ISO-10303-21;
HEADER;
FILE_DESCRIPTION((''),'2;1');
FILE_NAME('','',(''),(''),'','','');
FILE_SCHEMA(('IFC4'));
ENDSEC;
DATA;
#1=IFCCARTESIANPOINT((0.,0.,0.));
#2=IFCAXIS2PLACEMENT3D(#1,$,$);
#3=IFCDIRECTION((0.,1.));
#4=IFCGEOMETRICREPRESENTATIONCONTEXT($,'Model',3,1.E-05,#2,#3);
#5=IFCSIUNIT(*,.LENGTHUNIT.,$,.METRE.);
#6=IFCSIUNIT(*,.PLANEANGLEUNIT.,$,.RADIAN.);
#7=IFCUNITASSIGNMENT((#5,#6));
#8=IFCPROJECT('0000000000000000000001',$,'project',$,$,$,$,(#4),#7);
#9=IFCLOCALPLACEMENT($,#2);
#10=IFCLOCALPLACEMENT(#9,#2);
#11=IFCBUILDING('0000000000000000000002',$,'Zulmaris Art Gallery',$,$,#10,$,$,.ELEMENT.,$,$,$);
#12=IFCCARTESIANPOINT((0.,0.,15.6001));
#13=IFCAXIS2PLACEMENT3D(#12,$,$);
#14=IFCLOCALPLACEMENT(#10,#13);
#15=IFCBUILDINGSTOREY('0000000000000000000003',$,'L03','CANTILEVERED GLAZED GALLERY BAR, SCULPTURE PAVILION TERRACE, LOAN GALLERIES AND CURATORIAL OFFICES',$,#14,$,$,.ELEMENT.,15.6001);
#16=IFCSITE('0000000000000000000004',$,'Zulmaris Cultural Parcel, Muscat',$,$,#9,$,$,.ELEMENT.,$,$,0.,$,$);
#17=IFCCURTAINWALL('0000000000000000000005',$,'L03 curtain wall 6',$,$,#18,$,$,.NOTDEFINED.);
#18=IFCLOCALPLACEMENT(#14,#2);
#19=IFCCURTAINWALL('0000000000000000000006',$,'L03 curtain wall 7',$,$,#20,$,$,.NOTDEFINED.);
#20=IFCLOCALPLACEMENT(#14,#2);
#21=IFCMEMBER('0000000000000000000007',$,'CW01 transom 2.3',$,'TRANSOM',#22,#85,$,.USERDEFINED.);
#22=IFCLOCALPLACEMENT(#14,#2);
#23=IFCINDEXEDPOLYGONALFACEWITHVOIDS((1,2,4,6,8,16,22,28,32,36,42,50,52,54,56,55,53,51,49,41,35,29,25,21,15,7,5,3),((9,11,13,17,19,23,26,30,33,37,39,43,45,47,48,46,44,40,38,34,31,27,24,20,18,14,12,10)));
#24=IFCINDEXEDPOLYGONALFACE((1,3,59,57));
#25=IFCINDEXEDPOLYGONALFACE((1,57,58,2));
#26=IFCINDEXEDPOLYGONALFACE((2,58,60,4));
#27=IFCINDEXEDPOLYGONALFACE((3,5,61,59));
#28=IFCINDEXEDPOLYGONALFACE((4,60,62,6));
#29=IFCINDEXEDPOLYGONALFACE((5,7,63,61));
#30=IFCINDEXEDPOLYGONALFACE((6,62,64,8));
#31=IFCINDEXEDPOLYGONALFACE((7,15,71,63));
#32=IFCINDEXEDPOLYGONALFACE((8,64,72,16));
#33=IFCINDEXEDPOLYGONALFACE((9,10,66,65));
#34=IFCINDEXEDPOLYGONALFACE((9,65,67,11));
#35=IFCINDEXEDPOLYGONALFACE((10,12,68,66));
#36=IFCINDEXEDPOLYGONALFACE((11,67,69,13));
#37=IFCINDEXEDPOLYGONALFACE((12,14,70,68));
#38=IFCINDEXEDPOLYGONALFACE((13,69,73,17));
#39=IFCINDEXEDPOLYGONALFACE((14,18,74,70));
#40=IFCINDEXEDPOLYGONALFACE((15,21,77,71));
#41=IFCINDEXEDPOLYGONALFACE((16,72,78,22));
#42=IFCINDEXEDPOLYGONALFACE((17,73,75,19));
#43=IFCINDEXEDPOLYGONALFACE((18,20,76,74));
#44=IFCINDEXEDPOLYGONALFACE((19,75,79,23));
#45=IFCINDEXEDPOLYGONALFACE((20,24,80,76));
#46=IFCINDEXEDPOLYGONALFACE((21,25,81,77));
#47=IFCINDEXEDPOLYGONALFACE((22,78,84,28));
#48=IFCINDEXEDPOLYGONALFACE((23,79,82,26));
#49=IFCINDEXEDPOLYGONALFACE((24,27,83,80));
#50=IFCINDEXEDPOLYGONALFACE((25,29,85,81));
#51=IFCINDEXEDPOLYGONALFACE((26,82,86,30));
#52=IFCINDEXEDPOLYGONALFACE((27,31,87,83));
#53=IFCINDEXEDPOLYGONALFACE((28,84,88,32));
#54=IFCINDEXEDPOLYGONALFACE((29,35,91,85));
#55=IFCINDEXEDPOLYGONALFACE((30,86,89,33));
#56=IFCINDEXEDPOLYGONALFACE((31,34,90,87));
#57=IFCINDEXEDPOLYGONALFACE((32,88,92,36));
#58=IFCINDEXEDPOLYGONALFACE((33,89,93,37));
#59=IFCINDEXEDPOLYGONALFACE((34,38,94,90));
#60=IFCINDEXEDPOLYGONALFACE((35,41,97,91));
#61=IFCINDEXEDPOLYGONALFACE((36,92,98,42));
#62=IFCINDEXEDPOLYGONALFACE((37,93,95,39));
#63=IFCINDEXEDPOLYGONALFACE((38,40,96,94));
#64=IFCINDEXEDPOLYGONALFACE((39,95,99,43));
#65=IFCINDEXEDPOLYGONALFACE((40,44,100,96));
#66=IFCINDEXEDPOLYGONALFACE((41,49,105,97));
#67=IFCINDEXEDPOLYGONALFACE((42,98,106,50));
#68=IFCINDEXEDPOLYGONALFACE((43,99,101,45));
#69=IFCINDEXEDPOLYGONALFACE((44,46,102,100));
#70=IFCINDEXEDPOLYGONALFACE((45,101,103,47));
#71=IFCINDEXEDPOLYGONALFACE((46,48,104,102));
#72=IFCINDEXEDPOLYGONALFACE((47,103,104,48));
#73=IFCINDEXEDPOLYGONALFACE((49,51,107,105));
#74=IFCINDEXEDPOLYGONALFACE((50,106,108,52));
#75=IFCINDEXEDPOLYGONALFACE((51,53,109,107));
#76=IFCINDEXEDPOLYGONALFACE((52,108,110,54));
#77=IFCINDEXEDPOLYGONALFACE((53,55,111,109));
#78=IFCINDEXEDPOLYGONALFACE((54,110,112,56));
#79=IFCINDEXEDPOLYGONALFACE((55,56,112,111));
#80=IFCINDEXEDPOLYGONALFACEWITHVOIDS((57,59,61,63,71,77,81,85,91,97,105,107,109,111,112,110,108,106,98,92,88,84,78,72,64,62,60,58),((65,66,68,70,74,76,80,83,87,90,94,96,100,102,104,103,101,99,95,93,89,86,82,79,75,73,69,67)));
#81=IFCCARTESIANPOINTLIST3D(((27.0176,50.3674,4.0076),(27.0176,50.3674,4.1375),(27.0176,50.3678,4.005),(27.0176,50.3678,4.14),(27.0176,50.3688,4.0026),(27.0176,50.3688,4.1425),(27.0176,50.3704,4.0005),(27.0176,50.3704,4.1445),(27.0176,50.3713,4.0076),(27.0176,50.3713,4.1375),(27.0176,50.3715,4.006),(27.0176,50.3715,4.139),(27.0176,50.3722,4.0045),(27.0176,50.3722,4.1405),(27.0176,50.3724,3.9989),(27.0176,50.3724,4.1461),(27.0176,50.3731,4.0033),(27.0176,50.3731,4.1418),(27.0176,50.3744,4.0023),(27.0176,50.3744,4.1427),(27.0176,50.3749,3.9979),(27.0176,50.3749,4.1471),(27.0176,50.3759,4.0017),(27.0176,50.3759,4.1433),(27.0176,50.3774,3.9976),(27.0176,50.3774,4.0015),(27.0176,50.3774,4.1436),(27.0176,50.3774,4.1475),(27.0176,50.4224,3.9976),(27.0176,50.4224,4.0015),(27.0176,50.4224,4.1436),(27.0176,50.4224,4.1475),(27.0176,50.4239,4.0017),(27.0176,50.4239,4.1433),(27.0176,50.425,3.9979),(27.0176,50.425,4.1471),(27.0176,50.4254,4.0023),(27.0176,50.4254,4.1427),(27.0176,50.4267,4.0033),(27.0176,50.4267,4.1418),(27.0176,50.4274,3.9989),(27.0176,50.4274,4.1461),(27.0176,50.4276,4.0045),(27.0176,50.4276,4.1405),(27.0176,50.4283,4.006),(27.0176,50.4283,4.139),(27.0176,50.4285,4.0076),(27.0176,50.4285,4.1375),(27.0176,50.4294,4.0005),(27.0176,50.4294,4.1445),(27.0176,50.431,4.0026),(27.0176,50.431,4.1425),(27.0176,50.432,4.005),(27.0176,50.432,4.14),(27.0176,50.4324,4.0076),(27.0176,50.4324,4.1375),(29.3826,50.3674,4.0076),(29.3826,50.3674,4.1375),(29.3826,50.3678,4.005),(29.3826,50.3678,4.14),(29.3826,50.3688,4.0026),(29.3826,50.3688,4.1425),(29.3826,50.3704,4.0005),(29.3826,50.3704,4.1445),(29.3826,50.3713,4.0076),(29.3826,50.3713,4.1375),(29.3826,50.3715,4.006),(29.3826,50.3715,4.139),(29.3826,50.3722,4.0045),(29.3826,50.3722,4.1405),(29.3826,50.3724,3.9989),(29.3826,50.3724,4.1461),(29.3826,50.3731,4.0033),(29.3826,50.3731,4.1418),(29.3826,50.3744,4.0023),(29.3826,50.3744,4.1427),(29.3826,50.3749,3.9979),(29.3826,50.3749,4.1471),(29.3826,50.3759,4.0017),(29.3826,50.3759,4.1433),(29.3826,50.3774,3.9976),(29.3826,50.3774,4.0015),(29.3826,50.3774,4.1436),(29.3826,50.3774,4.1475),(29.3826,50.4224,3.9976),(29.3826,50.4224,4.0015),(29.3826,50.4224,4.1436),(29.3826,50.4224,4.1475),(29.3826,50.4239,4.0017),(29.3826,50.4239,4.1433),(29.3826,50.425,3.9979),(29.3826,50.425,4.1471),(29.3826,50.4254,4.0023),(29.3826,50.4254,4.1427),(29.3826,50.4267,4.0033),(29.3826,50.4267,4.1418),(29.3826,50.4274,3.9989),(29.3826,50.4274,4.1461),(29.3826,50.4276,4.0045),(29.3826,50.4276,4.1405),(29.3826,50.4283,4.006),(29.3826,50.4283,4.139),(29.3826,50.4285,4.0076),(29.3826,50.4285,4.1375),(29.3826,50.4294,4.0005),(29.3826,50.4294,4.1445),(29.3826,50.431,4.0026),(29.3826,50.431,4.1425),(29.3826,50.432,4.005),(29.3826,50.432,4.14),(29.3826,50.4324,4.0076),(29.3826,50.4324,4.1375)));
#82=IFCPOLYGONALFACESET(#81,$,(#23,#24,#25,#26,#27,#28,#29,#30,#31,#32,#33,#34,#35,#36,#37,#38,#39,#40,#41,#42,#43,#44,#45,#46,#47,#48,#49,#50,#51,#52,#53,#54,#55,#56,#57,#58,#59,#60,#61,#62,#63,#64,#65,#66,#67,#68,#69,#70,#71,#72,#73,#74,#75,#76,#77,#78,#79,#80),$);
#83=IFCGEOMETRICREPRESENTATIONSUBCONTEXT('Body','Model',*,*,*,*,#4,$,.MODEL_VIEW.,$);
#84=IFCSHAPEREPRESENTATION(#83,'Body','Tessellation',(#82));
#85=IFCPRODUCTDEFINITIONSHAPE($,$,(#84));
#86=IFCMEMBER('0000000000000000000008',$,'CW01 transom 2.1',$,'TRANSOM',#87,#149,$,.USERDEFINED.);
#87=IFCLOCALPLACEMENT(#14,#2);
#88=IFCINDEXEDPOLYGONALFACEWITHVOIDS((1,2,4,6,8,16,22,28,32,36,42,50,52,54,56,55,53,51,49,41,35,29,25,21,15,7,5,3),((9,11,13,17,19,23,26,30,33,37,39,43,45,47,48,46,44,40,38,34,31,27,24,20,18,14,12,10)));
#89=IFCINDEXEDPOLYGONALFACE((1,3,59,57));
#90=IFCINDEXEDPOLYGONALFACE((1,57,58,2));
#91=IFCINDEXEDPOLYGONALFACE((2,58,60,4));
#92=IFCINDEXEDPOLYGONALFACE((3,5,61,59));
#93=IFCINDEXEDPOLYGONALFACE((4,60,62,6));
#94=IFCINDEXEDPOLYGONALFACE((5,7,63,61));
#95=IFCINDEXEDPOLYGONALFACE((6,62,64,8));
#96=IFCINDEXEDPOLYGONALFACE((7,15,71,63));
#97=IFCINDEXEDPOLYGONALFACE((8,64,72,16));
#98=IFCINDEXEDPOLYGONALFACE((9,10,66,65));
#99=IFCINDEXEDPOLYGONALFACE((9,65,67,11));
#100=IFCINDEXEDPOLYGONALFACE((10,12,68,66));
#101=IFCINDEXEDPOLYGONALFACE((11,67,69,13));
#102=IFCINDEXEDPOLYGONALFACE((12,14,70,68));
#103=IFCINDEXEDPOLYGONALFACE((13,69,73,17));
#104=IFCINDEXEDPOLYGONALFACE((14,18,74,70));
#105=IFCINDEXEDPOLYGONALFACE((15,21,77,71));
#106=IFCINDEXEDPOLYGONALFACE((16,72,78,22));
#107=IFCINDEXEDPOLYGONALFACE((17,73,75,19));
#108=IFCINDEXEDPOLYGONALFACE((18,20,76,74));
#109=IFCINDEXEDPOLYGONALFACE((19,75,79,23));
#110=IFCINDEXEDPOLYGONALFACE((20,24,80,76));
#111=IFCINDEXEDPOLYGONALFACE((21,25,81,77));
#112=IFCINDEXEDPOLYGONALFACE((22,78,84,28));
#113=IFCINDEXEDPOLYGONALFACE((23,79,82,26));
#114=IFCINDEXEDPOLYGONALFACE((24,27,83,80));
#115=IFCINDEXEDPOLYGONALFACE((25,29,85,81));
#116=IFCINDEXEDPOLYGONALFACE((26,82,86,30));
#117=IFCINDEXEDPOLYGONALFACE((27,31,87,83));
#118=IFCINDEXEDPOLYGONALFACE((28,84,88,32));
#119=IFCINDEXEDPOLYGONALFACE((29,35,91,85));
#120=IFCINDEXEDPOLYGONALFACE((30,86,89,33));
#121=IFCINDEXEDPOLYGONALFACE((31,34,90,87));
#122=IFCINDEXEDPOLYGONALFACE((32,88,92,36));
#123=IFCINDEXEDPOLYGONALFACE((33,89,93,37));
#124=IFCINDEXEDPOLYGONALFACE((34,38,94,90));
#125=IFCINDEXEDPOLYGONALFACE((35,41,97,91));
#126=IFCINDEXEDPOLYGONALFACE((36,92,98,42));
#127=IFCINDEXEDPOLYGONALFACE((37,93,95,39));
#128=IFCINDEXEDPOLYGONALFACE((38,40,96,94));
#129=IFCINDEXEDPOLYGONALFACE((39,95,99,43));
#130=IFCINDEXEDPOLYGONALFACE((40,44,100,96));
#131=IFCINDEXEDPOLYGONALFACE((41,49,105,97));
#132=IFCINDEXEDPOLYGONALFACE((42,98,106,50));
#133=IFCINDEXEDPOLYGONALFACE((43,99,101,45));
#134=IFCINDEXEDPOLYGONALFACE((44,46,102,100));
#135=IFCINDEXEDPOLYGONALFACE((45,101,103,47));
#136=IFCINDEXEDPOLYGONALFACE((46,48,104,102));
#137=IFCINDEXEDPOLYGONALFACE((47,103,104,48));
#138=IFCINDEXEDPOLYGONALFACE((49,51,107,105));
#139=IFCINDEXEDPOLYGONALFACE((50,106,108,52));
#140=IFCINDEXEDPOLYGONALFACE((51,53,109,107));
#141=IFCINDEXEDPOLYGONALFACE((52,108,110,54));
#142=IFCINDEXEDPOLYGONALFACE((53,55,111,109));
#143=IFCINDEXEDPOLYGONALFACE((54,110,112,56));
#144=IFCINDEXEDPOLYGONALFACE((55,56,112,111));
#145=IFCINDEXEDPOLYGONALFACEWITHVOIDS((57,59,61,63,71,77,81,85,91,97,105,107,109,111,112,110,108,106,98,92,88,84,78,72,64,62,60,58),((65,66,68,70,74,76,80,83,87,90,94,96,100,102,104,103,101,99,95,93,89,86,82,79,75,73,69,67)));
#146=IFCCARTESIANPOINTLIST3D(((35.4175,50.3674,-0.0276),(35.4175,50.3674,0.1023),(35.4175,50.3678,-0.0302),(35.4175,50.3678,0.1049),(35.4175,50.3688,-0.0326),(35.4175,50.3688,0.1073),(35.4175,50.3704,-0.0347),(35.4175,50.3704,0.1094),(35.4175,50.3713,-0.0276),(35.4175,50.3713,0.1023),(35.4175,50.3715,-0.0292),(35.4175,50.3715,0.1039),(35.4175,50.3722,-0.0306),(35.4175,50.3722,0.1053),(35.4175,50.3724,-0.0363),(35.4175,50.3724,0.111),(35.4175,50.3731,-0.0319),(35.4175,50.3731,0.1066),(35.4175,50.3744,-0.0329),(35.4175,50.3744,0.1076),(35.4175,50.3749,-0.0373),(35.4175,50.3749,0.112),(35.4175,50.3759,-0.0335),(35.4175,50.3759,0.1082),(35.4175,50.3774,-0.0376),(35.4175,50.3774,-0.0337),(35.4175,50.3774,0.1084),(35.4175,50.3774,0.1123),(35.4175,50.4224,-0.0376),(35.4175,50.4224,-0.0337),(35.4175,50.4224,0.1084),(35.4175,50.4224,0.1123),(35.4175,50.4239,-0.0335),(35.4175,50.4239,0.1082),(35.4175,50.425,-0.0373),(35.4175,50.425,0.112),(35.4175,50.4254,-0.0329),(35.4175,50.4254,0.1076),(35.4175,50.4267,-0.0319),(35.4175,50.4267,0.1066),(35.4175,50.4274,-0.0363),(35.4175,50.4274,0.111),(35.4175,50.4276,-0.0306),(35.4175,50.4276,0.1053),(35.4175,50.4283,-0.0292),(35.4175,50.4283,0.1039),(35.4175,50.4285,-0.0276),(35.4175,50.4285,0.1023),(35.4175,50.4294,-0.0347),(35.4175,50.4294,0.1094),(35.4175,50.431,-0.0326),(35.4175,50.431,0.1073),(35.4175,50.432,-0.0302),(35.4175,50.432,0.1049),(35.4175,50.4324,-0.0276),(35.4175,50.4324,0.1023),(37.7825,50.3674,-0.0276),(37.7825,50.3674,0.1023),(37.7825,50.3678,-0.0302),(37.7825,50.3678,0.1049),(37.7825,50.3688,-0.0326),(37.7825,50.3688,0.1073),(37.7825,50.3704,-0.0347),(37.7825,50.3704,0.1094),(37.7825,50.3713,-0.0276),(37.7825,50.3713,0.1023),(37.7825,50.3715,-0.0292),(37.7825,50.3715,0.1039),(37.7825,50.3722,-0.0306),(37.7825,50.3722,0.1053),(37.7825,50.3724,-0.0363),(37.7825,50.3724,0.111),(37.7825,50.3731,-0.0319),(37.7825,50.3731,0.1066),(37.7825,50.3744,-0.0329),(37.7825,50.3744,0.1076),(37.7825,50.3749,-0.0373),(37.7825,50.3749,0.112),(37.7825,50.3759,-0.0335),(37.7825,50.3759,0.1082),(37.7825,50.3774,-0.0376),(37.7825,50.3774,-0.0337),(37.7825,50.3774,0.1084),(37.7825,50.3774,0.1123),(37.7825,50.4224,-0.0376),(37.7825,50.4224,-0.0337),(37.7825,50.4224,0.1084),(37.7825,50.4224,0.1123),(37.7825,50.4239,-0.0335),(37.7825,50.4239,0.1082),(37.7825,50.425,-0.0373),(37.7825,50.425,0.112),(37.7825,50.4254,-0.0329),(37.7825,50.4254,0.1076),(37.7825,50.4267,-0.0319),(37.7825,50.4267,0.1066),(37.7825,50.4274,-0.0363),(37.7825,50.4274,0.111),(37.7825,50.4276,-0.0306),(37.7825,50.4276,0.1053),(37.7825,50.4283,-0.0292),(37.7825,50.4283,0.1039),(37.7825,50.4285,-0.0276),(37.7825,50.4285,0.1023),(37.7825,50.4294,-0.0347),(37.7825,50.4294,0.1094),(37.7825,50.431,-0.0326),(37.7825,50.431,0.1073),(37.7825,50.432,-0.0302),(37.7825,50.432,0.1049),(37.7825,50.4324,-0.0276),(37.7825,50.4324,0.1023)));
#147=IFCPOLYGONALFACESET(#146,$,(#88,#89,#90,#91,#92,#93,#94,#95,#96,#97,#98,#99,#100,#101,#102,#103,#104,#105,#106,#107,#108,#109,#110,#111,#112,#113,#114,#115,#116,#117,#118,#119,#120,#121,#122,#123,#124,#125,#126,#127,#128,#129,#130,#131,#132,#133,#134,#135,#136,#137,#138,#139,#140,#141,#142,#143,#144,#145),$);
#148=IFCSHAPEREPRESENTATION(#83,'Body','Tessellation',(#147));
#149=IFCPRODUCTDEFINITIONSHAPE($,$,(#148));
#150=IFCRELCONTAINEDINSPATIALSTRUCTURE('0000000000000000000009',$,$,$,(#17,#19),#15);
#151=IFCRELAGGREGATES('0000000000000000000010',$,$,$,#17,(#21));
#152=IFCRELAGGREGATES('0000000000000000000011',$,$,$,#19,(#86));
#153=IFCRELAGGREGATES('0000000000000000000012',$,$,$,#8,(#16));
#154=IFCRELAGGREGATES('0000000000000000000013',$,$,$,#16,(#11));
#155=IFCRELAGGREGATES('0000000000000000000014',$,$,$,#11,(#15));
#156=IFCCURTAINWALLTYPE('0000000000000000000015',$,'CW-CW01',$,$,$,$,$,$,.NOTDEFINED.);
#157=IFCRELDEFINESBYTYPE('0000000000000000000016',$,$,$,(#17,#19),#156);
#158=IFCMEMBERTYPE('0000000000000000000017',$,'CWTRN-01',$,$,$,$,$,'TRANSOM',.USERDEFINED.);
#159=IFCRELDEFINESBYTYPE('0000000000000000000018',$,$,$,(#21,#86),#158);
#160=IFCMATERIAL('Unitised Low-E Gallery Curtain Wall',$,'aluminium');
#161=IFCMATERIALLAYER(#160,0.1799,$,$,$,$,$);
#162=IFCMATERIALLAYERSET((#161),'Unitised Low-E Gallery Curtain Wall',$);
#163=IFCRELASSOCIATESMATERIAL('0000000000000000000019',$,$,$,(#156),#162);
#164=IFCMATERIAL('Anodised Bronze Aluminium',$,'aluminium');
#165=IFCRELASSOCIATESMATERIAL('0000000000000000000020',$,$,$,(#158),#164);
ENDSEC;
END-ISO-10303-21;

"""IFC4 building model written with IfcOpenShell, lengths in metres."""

from ifc_helpers import new_model, si_unit, direction, frame, origin, origin_2d, place, context, subcontext, project, spatial, hollow_rectangle, extrude, material, layer, layer_set, material_profile, profile_set, type_object, element, aggregate, save


model = new_model("IFC4")

# Units and contexts
model_context = context("Model", 3, precision=1e-05, world=origin(), true_north=direction((0.0, 1.0)))
body_context = subcontext(model_context, "Body", "Model", "MODEL_VIEW")
ifc_project = project(units=[si_unit("LENGTHUNIT", "METRE"), si_unit("PLANEANGLEUNIT", "RADIAN")], contexts=[model_context])

# Site, building, storey
site_placement = place(None, origin())
site = spatial("IfcSite", under=ifc_project, at=site_placement, Name="Zulmaris Cultural Parcel, Muscat", CompositionType="ELEMENT", RefElevation=0.0)
building_placement = place(site_placement, origin())
building = spatial("IfcBuilding", under=site, at=building_placement, Name="Zulmaris Art Gallery", CompositionType="ELEMENT")
storey_placement = place(building_placement, frame((0.0, 0.0, 15.6001)))
storey = spatial("IfcBuildingStorey", under=building, at=storey_placement, Name="L03", Description="CANTILEVERED GLAZED GALLERY BAR, SCULPTURE PAVILION TERRACE, LOAN GALLERIES AND CURATORIAL OFFICES", CompositionType="ELEMENT", Elevation=15.6001)

# Curtain walls
ifc_material_1 = material(Name="Unitised Low-E Gallery Curtain Wall", Category="aluminium")
ifc_layer_1 = layer(ifc_material_1, 0.1799)
ifc_layer_set_1 = layer_set([ifc_layer_1], Name="Unitised Low-E Gallery Curtain Wall")
curtain_wall_type = type_object("IfcCurtainWallType", Name="CW-CW01", PredefinedType="NOTDEFINED", material=ifc_layer_set_1)
curtain_wall_1_placement = place(storey_placement, origin())
curtain_wall_1 = element("IfcCurtainWall", 1, at=curtain_wall_1_placement, inside=storey, type_object=curtain_wall_type, Name="L03 curtain wall 6", PredefinedType="NOTDEFINED")
ifc_material_2 = material(Name="Anodised Bronze Aluminium", Category="aluminium")
curtain_wall_2_placement = place(storey_placement, origin())
curtain_wall_2 = element("IfcCurtainWall", 2, at=curtain_wall_2_placement, inside=storey, type_object=curtain_wall_type, Name="L03 curtain wall 7", PredefinedType="NOTDEFINED")

# Members
ifc_material_profile_1 = material_profile(ifc_material_2, hollow_rectangle(XDim=0.0649, YDim=0.1499, WallThickness=0.0039, InnerFilletRadius=0.0061, OuterFilletRadius=0.01, at=origin_2d()), Name="ALU 65x150x4")
ifc_profile_set_1 = profile_set([ifc_material_profile_1], Name="Anodised Bronze Aluminium")
member_type_1 = type_object("IfcMemberType", Name="CWTRN-01", ElementType="TRANSOM", PredefinedType="USERDEFINED", material=ifc_profile_set_1)
member_1_placement = place(storey_placement, frame((29.3826, 50.3999, 4.0725), z_axis=(-1.0, 0.0, 0.0), x_axis=(0.0, -1.0, 0.0)))
member_1 = element("IfcMember", 3, at=member_1_placement, type_object=member_type_1, Name="CW01 transom 2.3", ObjectType="TRANSOM", PredefinedType="USERDEFINED", context=body_context, shape_type="SweptSolid", body=[
    extrude(hollow_rectangle(XDim=0.0649, YDim=0.1499, WallThickness=0.0039, InnerFilletRadius=0.0061, OuterFilletRadius=0.01, at=origin_2d()), origin(), (0.0, 0.0, 1.0), 2.365),
])
member_2_placement = place(storey_placement, frame((37.7825, 50.3999, 0.0374), z_axis=(-1.0, 0.0, 0.0), x_axis=(0.0, -1.0, 0.0)))
member_2 = element("IfcMember", 4, at=member_2_placement, type_object=member_type_1, Name="CW01 transom 2.1", ObjectType="TRANSOM", PredefinedType="USERDEFINED", context=body_context, shape_type="SweptSolid", body=[
    extrude(hollow_rectangle(XDim=0.0649, YDim=0.1499, WallThickness=0.0039, InnerFilletRadius=0.0061, OuterFilletRadius=0.01, at=origin_2d()), origin(), (0.0, 0.0, 1.0), 2.365),
])

aggregate(curtain_wall_1, [member_1])
aggregate(curtain_wall_2, [member_2])

save(model, "model.ifc")
